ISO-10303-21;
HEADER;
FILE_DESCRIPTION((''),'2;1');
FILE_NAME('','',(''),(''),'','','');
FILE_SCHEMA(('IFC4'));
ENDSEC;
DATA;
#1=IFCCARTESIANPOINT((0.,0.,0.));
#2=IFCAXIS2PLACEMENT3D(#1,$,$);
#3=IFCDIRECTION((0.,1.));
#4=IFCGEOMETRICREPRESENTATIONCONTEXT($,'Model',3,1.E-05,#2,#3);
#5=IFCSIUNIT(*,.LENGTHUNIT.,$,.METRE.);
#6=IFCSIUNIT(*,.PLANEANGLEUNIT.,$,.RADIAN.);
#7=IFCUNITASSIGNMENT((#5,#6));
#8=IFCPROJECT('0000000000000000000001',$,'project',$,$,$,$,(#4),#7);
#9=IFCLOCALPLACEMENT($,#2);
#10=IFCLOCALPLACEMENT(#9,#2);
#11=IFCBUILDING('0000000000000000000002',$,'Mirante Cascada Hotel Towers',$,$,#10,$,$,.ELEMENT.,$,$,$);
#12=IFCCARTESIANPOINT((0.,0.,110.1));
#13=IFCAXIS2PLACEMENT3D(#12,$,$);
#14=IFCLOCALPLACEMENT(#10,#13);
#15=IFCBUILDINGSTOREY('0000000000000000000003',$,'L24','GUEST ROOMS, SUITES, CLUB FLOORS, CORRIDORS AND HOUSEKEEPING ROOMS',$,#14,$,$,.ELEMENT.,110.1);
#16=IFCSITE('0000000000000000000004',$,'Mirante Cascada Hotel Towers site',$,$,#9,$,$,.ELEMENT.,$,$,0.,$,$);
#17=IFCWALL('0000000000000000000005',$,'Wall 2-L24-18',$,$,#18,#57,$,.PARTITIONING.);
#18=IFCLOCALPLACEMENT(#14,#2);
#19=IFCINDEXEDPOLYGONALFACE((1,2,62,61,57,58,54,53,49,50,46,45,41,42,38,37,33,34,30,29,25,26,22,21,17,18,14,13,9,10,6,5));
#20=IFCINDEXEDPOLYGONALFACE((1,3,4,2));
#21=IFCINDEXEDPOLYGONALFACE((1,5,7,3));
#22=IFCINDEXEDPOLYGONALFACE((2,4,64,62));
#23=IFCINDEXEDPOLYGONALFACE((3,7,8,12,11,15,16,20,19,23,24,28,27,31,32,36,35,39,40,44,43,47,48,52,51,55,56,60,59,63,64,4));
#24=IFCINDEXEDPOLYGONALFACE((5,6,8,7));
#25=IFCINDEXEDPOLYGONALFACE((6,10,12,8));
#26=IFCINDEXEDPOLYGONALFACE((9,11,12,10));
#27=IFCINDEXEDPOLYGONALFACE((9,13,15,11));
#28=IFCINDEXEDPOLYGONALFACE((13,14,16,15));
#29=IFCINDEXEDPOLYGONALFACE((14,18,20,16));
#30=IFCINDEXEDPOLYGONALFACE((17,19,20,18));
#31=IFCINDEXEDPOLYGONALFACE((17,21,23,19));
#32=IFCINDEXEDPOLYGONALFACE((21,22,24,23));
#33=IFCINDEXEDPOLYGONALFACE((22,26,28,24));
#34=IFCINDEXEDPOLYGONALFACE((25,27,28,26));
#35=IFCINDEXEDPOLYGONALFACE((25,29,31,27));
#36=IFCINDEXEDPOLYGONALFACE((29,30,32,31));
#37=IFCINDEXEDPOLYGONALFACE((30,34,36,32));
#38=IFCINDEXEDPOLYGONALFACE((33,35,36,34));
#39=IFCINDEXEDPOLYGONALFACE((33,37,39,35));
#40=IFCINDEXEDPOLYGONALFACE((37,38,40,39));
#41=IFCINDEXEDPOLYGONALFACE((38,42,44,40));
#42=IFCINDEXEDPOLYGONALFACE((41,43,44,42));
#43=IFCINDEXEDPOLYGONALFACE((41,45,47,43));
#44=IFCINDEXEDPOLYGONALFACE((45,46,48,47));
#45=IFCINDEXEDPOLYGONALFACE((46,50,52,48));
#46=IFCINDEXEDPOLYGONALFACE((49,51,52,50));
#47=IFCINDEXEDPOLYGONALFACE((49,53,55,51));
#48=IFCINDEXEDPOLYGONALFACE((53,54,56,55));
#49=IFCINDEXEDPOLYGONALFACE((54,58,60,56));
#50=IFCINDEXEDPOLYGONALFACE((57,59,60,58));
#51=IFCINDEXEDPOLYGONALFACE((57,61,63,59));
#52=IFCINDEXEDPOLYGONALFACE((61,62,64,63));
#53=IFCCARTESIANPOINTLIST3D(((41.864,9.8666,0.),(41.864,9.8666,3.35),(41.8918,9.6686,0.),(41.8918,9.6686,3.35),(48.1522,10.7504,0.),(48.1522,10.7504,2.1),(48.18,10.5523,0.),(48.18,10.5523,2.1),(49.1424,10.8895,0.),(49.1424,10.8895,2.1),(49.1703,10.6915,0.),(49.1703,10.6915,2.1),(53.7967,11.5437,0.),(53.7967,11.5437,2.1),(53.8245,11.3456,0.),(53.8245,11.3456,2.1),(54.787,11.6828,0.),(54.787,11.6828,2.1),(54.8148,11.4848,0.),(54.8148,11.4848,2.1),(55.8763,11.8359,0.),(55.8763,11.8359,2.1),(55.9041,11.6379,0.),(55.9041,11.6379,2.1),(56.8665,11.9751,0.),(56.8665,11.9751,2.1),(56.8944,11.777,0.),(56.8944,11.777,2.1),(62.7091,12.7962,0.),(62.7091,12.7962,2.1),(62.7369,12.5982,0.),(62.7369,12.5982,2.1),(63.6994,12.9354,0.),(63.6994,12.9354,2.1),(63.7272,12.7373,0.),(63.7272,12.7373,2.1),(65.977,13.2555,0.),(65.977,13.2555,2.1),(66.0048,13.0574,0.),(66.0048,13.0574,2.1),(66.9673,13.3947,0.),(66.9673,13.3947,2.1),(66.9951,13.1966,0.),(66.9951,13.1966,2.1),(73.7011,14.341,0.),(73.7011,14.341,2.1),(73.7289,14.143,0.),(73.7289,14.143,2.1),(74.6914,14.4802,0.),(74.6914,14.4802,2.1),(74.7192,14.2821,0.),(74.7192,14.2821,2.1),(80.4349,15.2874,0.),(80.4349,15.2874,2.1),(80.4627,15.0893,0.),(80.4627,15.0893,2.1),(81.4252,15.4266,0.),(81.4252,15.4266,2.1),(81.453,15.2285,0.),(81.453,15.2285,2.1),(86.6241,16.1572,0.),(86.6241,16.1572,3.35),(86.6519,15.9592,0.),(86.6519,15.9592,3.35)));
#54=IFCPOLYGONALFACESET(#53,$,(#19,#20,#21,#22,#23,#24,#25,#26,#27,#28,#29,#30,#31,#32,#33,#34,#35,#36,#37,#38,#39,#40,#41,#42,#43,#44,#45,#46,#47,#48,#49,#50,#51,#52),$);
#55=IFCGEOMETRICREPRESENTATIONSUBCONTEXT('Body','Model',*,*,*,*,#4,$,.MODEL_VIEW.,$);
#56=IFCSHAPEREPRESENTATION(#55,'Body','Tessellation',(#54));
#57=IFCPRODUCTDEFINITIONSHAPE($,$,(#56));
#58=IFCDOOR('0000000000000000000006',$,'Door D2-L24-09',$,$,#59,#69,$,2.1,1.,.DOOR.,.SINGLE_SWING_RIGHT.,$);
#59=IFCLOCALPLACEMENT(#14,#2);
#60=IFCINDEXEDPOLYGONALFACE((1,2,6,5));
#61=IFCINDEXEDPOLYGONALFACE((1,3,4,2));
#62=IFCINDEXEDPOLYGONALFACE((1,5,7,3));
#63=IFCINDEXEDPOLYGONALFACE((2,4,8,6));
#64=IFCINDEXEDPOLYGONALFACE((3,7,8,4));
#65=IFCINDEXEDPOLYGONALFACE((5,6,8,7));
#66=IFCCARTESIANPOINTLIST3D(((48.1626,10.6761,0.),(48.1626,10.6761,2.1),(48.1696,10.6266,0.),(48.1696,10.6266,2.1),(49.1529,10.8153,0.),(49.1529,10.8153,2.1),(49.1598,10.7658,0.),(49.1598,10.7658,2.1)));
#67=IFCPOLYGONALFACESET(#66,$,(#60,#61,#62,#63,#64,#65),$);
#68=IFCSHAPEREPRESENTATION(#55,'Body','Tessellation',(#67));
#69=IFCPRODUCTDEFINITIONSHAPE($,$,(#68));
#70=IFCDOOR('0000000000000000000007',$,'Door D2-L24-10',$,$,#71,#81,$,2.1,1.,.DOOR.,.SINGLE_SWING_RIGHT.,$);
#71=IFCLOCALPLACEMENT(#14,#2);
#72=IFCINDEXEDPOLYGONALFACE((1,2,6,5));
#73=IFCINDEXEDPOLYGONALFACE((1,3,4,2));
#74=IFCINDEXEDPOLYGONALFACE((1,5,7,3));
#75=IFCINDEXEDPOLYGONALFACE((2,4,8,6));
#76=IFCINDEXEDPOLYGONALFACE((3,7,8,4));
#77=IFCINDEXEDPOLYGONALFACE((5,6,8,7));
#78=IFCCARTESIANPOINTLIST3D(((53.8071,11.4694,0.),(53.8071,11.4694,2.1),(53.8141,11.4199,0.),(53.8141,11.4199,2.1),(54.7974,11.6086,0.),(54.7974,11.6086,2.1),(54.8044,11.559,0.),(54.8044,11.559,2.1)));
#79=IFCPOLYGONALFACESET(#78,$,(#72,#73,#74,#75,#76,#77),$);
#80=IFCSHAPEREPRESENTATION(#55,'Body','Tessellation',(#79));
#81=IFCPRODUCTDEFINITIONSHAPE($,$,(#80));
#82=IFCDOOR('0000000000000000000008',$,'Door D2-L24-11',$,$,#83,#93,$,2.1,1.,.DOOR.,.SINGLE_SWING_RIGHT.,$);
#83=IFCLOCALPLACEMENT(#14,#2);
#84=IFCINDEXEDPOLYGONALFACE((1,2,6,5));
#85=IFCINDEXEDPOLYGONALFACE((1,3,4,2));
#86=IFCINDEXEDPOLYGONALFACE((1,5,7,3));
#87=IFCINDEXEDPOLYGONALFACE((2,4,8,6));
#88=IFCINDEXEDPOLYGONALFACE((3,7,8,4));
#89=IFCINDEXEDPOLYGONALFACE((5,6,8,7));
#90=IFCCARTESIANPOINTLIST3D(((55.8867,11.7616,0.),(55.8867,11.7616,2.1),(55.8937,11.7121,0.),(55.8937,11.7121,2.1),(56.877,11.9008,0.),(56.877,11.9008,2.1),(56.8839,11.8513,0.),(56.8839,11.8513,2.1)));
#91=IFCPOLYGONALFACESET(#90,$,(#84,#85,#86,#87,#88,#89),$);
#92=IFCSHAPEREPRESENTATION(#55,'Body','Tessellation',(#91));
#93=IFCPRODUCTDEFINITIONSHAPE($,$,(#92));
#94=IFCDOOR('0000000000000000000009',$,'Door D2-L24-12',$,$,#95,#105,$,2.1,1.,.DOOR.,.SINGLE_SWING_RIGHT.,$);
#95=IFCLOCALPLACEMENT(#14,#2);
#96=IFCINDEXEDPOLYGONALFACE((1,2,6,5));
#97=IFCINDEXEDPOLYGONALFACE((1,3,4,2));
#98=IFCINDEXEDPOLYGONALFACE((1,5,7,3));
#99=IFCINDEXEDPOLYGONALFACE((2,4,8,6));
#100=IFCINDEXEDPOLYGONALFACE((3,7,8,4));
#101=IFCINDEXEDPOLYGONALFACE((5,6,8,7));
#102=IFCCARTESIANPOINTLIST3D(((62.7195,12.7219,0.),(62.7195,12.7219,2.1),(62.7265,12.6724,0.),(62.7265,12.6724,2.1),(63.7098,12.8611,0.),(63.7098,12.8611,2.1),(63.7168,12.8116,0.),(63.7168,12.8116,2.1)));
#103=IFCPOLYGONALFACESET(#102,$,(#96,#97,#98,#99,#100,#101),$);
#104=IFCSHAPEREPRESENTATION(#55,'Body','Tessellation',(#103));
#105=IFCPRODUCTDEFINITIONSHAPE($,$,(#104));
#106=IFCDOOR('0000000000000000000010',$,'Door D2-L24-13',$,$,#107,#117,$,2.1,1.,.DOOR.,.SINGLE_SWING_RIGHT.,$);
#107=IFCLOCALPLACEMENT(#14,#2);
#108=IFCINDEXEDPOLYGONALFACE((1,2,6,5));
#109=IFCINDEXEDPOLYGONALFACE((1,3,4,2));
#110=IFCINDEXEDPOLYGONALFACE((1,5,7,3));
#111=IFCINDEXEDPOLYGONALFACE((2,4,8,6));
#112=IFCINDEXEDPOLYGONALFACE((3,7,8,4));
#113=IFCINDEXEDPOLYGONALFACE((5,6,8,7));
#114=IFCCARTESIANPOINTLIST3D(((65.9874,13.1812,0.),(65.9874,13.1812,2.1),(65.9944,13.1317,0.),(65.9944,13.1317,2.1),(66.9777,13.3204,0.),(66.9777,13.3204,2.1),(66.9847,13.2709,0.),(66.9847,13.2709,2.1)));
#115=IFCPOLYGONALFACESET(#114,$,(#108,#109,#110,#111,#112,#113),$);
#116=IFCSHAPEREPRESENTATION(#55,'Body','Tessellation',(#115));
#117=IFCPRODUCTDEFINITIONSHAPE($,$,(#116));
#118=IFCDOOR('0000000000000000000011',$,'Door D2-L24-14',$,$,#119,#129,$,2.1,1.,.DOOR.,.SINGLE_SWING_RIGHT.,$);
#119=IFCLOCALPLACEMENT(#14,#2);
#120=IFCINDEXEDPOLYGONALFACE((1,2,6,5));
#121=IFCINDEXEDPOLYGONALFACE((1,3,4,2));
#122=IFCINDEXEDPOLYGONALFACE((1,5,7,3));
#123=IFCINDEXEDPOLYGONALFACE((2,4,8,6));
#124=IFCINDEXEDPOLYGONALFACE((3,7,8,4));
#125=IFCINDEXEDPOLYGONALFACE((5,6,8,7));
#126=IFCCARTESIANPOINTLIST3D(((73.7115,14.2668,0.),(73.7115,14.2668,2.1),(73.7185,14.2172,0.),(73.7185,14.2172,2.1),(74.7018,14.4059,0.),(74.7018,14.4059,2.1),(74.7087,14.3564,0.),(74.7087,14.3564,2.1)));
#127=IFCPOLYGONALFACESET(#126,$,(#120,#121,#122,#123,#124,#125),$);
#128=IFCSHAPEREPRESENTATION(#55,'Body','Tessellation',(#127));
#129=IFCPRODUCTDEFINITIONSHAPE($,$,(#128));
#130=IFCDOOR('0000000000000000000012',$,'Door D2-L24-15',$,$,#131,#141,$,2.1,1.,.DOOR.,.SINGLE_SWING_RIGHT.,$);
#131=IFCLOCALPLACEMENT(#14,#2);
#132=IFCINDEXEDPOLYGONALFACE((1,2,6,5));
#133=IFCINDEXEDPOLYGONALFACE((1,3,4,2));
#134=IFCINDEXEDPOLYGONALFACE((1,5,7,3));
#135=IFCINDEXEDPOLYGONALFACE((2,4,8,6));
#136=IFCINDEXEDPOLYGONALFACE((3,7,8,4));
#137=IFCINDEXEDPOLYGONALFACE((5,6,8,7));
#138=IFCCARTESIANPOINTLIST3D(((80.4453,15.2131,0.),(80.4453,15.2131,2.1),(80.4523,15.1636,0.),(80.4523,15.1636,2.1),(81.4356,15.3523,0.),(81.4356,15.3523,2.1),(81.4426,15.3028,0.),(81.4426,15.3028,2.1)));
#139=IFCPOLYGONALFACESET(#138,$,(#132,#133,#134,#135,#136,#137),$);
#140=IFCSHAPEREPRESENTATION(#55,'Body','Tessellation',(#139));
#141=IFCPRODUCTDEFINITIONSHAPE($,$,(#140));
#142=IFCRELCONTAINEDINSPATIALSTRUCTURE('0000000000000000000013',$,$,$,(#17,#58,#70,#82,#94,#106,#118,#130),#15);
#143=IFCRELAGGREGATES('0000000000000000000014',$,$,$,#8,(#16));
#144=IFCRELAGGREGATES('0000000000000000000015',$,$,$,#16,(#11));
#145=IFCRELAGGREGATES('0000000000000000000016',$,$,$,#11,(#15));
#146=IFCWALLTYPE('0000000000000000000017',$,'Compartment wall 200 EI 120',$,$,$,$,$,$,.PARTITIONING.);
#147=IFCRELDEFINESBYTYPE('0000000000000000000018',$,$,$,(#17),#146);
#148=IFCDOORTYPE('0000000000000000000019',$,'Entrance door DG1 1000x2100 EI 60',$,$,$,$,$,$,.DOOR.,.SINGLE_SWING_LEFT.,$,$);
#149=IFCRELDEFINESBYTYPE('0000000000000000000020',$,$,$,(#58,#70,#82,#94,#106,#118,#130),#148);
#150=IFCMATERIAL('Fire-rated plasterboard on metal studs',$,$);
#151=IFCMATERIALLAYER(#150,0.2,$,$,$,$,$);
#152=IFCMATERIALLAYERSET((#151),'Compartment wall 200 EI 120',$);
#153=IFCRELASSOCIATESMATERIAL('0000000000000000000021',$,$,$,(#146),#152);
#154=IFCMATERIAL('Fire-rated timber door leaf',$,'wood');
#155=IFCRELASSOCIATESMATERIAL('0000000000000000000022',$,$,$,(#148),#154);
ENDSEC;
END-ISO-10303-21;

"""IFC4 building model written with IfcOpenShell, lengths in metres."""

from ifc_helpers import new_model, si_unit, direction, frame, frame_2d, origin, place, context, subcontext, project, spatial, rectangle, extrude, material, layer, layer_set, type_object, element, fill, save


model = new_model("IFC4")

# Units and contexts
model_context = context("Model", 3, precision=1e-05, world=origin(), true_north=direction((0.0, 1.0)))
body_context = subcontext(model_context, "Body", "Model", "MODEL_VIEW")
ifc_project = project(units=[si_unit("LENGTHUNIT", "METRE"), si_unit("PLANEANGLEUNIT", "RADIAN")], contexts=[model_context])

# Site, building, storey
site_placement = place(None, origin())
site = spatial("IfcSite", under=ifc_project, at=site_placement, Name="Mirante Cascada Hotel Towers site", CompositionType="ELEMENT", RefElevation=0.0)
building_placement = place(site_placement, origin())
building = spatial("IfcBuilding", under=site, at=building_placement, Name="Mirante Cascada Hotel Towers", CompositionType="ELEMENT")
storey_placement = place(building_placement, frame((0.0, 0.0, 110.1)))
storey = spatial("IfcBuildingStorey", under=building, at=storey_placement, Name="L24", Description="GUEST ROOMS, SUITES, CLUB FLOORS, CORRIDORS AND HOUSEKEEPING ROOMS", CompositionType="ELEMENT", Elevation=110.1)

# Shared definitions
ifc_material_1 = material(Name="Fire-rated plasterboard on metal studs")
ifc_layer_1 = layer(ifc_material_1, 0.2)
ifc_layer_set_1 = layer_set([ifc_layer_1], Name="Compartment wall 200 EI 120")
wall_type_1 = type_object("IfcWallType", Name="Compartment wall 200 EI 120", PredefinedType="PARTITIONING", material=ifc_layer_set_1)

# Wall, openings, doors
wall_1_placement = place(storey_placement, frame((86.638, 16.0582, 0.0), z_axis=(0.0, 0.0, 1.0), x_axis=(-0.990268, -0.139173, 0.0)))
wall_1 = element("IfcWall", 1, at=wall_1_placement, inside=storey, type_object=wall_type_1, Name="Wall 2-L24-18", PredefinedType="PARTITIONING", context=body_context, shape_type="SweptSolid", body=[
    extrude(rectangle(XDim=45.2, YDim=0.2, at=frame_2d((22.6, 0.0))), origin(), (0.0, 0.0, 1.0), 3.35),
])
opening_1_placement = place(wall_1_placement, frame((37.85, 0.0, 0.0)))
opening_1 = element("IfcOpeningElement", 2, at=opening_1_placement, cuts=wall_1, PredefinedType="OPENING", context=body_context, shape_type="SweptSolid", body=[
    extrude(rectangle(XDim=1.0, YDim=2.1, at=frame_2d((0.5, 1.05))), frame((0.0, 0.1, 0.0), z_axis=(0.0, -1.0, 0.0), x_axis=(1.0, 0.0, 0.0)), (0.0, 0.0, 1.0), 0.2),
])
opening_2_placement = place(wall_1_placement, frame((32.15, 0.0, 0.0)))
opening_2 = element("IfcOpeningElement", 3, at=opening_2_placement, cuts=wall_1, PredefinedType="OPENING", context=body_context, shape_type="SweptSolid", body=[
    extrude(rectangle(XDim=1.0, YDim=2.1, at=frame_2d((0.5, 1.05))), frame((0.0, 0.1, 0.0), z_axis=(0.0, -1.0, 0.0), x_axis=(1.0, 0.0, 0.0)), (0.0, 0.0, 1.0), 0.2),
])
opening_3_placement = place(wall_1_placement, frame((30.05, 0.0, 0.0)))
opening_3 = element("IfcOpeningElement", 4, at=opening_3_placement, cuts=wall_1, PredefinedType="OPENING", context=body_context, shape_type="SweptSolid", body=[
    extrude(rectangle(XDim=1.0, YDim=2.1, at=frame_2d((0.5, 1.05))), frame((0.0, 0.1, 0.0), z_axis=(0.0, -1.0, 0.0), x_axis=(1.0, 0.0, 0.0)), (0.0, 0.0, 1.0), 0.2),
])
opening_4_placement = place(wall_1_placement, frame((23.15, 0.0, 0.0)))
opening_4 = element("IfcOpeningElement", 5, at=opening_4_placement, cuts=wall_1, PredefinedType="OPENING", context=body_context, shape_type="SweptSolid", body=[
    extrude(rectangle(XDim=1.0, YDim=2.1, at=frame_2d((0.5, 1.05))), frame((0.0, 0.1, 0.0), z_axis=(0.0, -1.0, 0.0), x_axis=(1.0, 0.0, 0.0)), (0.0, 0.0, 1.0), 0.2),
])
opening_5_placement = place(wall_1_placement, frame((19.85, 0.0, 0.0)))
opening_5 = element("IfcOpeningElement", 6, at=opening_5_placement, cuts=wall_1, PredefinedType="OPENING", context=body_context, shape_type="SweptSolid", body=[
    extrude(rectangle(XDim=1.0, YDim=2.1, at=frame_2d((0.5, 1.05))), frame((0.0, 0.1, 0.0), z_axis=(0.0, -1.0, 0.0), x_axis=(1.0, 0.0, 0.0)), (0.0, 0.0, 1.0), 0.2),
])
opening_6_placement = place(wall_1_placement, frame((12.05, 0.0, 0.0)))
opening_6 = element("IfcOpeningElement", 7, at=opening_6_placement, cuts=wall_1, PredefinedType="OPENING", context=body_context, shape_type="SweptSolid", body=[
    extrude(rectangle(XDim=1.0, YDim=2.1, at=frame_2d((0.5, 1.05))), frame((0.0, 0.1, 0.0), z_axis=(0.0, -1.0, 0.0), x_axis=(1.0, 0.0, 0.0)), (0.0, 0.0, 1.0), 0.2),
])
opening_7_placement = place(wall_1_placement, frame((5.25, 0.0, 0.0)))
opening_7 = element("IfcOpeningElement", 8, at=opening_7_placement, cuts=wall_1, PredefinedType="OPENING", context=body_context, shape_type="SweptSolid", body=[
    extrude(rectangle(XDim=1.0, YDim=2.1, at=frame_2d((0.5, 1.05))), frame((0.0, 0.1, 0.0), z_axis=(0.0, -1.0, 0.0), x_axis=(1.0, 0.0, 0.0)), (0.0, 0.0, 1.0), 0.2),
])
ifc_material_2 = material(Name="Fire-rated timber door leaf", Category="wood")
door_type_1 = type_object("IfcDoorType", Name="Entrance door DG1 1000x2100 EI 60", OperationType="SINGLE_SWING_LEFT", PredefinedType="DOOR", material=ifc_material_2)
door_1_placement = place(opening_1_placement, frame((1.0, 0.0, 0.0), z_axis=(0.0, 0.0, 1.0), x_axis=(-1.0, 0.0, 0.0)))
door_1 = element("IfcDoor", 9, at=door_1_placement, inside=storey, type_object=door_type_1, Name="Door D2-L24-09", OperationType="SINGLE_SWING_RIGHT", OverallHeight=2.1, OverallWidth=1.0, PredefinedType="DOOR", context=body_context, shape_type="SweptSolid", body=[
    extrude(rectangle(XDim=1.0, YDim=2.1, at=frame_2d((0.5, 1.05))), frame((0.0, 0.025, 0.0), z_axis=(0.0, -1.0, 0.0), x_axis=(1.0, 0.0, 0.0)), (0.0, 0.0, 1.0), 0.05),
])
fill(opening_1, door_1)
door_2_placement = place(opening_2_placement, frame((1.0, 0.0, 0.0), z_axis=(0.0, 0.0, 1.0), x_axis=(-1.0, 0.0, 0.0)))
door_2 = element("IfcDoor", 10, at=door_2_placement, inside=storey, type_object=door_type_1, Name="Door D2-L24-10", OperationType="SINGLE_SWING_RIGHT", OverallHeight=2.1, OverallWidth=1.0, PredefinedType="DOOR", context=body_context, shape_type="SweptSolid", body=[
    extrude(rectangle(XDim=1.0, YDim=2.1, at=frame_2d((0.5, 1.05))), frame((0.0, 0.025, 0.0), z_axis=(0.0, -1.0, 0.0), x_axis=(1.0, 0.0, 0.0)), (0.0, 0.0, 1.0), 0.05),
])
fill(opening_2, door_2)
door_3_placement = place(opening_3_placement, frame((1.0, 0.0, 0.0), z_axis=(0.0, 0.0, 1.0), x_axis=(-1.0, 0.0, 0.0)))
door_3 = element("IfcDoor", 11, at=door_3_placement, inside=storey, type_object=door_type_1, Name="Door D2-L24-11", OperationType="SINGLE_SWING_RIGHT", OverallHeight=2.1, OverallWidth=1.0, PredefinedType="DOOR", context=body_context, shape_type="SweptSolid", body=[
    extrude(rectangle(XDim=1.0, YDim=2.1, at=frame_2d((0.5, 1.05))), frame((0.0, 0.025, 0.0), z_axis=(0.0, -1.0, 0.0), x_axis=(1.0, 0.0, 0.0)), (0.0, 0.0, 1.0), 0.05),
])
fill(opening_3, door_3)
door_4_placement = place(opening_4_placement, frame((1.0, 0.0, 0.0), z_axis=(0.0, 0.0, 1.0), x_axis=(-1.0, 0.0, 0.0)))
door_4 = element("IfcDoor", 12, at=door_4_placement, inside=storey, type_object=door_type_1, Name="Door D2-L24-12", OperationType="SINGLE_SWING_RIGHT", OverallHeight=2.1, OverallWidth=1.0, PredefinedType="DOOR", context=body_context, shape_type="SweptSolid", body=[
    extrude(rectangle(XDim=1.0, YDim=2.1, at=frame_2d((0.5, 1.05))), frame((0.0, 0.025, 0.0), z_axis=(0.0, -1.0, 0.0), x_axis=(1.0, 0.0, 0.0)), (0.0, 0.0, 1.0), 0.05),
])
fill(opening_4, door_4)
door_5_placement = place(opening_5_placement, frame((1.0, 0.0, 0.0), z_axis=(0.0, 0.0, 1.0), x_axis=(-1.0, 0.0, 0.0)))
door_5 = element("IfcDoor", 13, at=door_5_placement, inside=storey, type_object=door_type_1, Name="Door D2-L24-13", OperationType="SINGLE_SWING_RIGHT", OverallHeight=2.1, OverallWidth=1.0, PredefinedType="DOOR", context=body_context, shape_type="SweptSolid", body=[
    extrude(rectangle(XDim=1.0, YDim=2.1, at=frame_2d((0.5, 1.05))), frame((0.0, 0.025, 0.0), z_axis=(0.0, -1.0, 0.0), x_axis=(1.0, 0.0, 0.0)), (0.0, 0.0, 1.0), 0.05),
])
fill(opening_5, door_5)
door_6_placement = place(opening_6_placement, frame((1.0, 0.0, 0.0), z_axis=(0.0, 0.0, 1.0), x_axis=(-1.0, 0.0, 0.0)))
door_6 = element("IfcDoor", 14, at=door_6_placement, inside=storey, type_object=door_type_1, Name="Door D2-L24-14", OperationType="SINGLE_SWING_RIGHT", OverallHeight=2.1, OverallWidth=1.0, PredefinedType="DOOR", context=body_context, shape_type="SweptSolid", body=[
    extrude(rectangle(XDim=1.0, YDim=2.1, at=frame_2d((0.5, 1.05))), frame((0.0, 0.025, 0.0), z_axis=(0.0, -1.0, 0.0), x_axis=(1.0, 0.0, 0.0)), (0.0, 0.0, 1.0), 0.05),
])
fill(opening_6, door_6)
door_7_placement = place(opening_7_placement, frame((1.0, 0.0, 0.0), z_axis=(0.0, 0.0, 1.0), x_axis=(-1.0, 0.0, 0.0)))
door_7 = element("IfcDoor", 15, at=door_7_placement, inside=storey, type_object=door_type_1, Name="Door D2-L24-15", OperationType="SINGLE_SWING_RIGHT", OverallHeight=2.1, OverallWidth=1.0, PredefinedType="DOOR", context=body_context, shape_type="SweptSolid", body=[
    extrude(rectangle(XDim=1.0, YDim=2.1, at=frame_2d((0.5, 1.05))), frame((0.0, 0.025, 0.0), z_axis=(0.0, -1.0, 0.0), x_axis=(1.0, 0.0, 0.0)), (0.0, 0.0, 1.0), 0.05),
])
fill(opening_7, door_7)

save(model, "model.ifc")
